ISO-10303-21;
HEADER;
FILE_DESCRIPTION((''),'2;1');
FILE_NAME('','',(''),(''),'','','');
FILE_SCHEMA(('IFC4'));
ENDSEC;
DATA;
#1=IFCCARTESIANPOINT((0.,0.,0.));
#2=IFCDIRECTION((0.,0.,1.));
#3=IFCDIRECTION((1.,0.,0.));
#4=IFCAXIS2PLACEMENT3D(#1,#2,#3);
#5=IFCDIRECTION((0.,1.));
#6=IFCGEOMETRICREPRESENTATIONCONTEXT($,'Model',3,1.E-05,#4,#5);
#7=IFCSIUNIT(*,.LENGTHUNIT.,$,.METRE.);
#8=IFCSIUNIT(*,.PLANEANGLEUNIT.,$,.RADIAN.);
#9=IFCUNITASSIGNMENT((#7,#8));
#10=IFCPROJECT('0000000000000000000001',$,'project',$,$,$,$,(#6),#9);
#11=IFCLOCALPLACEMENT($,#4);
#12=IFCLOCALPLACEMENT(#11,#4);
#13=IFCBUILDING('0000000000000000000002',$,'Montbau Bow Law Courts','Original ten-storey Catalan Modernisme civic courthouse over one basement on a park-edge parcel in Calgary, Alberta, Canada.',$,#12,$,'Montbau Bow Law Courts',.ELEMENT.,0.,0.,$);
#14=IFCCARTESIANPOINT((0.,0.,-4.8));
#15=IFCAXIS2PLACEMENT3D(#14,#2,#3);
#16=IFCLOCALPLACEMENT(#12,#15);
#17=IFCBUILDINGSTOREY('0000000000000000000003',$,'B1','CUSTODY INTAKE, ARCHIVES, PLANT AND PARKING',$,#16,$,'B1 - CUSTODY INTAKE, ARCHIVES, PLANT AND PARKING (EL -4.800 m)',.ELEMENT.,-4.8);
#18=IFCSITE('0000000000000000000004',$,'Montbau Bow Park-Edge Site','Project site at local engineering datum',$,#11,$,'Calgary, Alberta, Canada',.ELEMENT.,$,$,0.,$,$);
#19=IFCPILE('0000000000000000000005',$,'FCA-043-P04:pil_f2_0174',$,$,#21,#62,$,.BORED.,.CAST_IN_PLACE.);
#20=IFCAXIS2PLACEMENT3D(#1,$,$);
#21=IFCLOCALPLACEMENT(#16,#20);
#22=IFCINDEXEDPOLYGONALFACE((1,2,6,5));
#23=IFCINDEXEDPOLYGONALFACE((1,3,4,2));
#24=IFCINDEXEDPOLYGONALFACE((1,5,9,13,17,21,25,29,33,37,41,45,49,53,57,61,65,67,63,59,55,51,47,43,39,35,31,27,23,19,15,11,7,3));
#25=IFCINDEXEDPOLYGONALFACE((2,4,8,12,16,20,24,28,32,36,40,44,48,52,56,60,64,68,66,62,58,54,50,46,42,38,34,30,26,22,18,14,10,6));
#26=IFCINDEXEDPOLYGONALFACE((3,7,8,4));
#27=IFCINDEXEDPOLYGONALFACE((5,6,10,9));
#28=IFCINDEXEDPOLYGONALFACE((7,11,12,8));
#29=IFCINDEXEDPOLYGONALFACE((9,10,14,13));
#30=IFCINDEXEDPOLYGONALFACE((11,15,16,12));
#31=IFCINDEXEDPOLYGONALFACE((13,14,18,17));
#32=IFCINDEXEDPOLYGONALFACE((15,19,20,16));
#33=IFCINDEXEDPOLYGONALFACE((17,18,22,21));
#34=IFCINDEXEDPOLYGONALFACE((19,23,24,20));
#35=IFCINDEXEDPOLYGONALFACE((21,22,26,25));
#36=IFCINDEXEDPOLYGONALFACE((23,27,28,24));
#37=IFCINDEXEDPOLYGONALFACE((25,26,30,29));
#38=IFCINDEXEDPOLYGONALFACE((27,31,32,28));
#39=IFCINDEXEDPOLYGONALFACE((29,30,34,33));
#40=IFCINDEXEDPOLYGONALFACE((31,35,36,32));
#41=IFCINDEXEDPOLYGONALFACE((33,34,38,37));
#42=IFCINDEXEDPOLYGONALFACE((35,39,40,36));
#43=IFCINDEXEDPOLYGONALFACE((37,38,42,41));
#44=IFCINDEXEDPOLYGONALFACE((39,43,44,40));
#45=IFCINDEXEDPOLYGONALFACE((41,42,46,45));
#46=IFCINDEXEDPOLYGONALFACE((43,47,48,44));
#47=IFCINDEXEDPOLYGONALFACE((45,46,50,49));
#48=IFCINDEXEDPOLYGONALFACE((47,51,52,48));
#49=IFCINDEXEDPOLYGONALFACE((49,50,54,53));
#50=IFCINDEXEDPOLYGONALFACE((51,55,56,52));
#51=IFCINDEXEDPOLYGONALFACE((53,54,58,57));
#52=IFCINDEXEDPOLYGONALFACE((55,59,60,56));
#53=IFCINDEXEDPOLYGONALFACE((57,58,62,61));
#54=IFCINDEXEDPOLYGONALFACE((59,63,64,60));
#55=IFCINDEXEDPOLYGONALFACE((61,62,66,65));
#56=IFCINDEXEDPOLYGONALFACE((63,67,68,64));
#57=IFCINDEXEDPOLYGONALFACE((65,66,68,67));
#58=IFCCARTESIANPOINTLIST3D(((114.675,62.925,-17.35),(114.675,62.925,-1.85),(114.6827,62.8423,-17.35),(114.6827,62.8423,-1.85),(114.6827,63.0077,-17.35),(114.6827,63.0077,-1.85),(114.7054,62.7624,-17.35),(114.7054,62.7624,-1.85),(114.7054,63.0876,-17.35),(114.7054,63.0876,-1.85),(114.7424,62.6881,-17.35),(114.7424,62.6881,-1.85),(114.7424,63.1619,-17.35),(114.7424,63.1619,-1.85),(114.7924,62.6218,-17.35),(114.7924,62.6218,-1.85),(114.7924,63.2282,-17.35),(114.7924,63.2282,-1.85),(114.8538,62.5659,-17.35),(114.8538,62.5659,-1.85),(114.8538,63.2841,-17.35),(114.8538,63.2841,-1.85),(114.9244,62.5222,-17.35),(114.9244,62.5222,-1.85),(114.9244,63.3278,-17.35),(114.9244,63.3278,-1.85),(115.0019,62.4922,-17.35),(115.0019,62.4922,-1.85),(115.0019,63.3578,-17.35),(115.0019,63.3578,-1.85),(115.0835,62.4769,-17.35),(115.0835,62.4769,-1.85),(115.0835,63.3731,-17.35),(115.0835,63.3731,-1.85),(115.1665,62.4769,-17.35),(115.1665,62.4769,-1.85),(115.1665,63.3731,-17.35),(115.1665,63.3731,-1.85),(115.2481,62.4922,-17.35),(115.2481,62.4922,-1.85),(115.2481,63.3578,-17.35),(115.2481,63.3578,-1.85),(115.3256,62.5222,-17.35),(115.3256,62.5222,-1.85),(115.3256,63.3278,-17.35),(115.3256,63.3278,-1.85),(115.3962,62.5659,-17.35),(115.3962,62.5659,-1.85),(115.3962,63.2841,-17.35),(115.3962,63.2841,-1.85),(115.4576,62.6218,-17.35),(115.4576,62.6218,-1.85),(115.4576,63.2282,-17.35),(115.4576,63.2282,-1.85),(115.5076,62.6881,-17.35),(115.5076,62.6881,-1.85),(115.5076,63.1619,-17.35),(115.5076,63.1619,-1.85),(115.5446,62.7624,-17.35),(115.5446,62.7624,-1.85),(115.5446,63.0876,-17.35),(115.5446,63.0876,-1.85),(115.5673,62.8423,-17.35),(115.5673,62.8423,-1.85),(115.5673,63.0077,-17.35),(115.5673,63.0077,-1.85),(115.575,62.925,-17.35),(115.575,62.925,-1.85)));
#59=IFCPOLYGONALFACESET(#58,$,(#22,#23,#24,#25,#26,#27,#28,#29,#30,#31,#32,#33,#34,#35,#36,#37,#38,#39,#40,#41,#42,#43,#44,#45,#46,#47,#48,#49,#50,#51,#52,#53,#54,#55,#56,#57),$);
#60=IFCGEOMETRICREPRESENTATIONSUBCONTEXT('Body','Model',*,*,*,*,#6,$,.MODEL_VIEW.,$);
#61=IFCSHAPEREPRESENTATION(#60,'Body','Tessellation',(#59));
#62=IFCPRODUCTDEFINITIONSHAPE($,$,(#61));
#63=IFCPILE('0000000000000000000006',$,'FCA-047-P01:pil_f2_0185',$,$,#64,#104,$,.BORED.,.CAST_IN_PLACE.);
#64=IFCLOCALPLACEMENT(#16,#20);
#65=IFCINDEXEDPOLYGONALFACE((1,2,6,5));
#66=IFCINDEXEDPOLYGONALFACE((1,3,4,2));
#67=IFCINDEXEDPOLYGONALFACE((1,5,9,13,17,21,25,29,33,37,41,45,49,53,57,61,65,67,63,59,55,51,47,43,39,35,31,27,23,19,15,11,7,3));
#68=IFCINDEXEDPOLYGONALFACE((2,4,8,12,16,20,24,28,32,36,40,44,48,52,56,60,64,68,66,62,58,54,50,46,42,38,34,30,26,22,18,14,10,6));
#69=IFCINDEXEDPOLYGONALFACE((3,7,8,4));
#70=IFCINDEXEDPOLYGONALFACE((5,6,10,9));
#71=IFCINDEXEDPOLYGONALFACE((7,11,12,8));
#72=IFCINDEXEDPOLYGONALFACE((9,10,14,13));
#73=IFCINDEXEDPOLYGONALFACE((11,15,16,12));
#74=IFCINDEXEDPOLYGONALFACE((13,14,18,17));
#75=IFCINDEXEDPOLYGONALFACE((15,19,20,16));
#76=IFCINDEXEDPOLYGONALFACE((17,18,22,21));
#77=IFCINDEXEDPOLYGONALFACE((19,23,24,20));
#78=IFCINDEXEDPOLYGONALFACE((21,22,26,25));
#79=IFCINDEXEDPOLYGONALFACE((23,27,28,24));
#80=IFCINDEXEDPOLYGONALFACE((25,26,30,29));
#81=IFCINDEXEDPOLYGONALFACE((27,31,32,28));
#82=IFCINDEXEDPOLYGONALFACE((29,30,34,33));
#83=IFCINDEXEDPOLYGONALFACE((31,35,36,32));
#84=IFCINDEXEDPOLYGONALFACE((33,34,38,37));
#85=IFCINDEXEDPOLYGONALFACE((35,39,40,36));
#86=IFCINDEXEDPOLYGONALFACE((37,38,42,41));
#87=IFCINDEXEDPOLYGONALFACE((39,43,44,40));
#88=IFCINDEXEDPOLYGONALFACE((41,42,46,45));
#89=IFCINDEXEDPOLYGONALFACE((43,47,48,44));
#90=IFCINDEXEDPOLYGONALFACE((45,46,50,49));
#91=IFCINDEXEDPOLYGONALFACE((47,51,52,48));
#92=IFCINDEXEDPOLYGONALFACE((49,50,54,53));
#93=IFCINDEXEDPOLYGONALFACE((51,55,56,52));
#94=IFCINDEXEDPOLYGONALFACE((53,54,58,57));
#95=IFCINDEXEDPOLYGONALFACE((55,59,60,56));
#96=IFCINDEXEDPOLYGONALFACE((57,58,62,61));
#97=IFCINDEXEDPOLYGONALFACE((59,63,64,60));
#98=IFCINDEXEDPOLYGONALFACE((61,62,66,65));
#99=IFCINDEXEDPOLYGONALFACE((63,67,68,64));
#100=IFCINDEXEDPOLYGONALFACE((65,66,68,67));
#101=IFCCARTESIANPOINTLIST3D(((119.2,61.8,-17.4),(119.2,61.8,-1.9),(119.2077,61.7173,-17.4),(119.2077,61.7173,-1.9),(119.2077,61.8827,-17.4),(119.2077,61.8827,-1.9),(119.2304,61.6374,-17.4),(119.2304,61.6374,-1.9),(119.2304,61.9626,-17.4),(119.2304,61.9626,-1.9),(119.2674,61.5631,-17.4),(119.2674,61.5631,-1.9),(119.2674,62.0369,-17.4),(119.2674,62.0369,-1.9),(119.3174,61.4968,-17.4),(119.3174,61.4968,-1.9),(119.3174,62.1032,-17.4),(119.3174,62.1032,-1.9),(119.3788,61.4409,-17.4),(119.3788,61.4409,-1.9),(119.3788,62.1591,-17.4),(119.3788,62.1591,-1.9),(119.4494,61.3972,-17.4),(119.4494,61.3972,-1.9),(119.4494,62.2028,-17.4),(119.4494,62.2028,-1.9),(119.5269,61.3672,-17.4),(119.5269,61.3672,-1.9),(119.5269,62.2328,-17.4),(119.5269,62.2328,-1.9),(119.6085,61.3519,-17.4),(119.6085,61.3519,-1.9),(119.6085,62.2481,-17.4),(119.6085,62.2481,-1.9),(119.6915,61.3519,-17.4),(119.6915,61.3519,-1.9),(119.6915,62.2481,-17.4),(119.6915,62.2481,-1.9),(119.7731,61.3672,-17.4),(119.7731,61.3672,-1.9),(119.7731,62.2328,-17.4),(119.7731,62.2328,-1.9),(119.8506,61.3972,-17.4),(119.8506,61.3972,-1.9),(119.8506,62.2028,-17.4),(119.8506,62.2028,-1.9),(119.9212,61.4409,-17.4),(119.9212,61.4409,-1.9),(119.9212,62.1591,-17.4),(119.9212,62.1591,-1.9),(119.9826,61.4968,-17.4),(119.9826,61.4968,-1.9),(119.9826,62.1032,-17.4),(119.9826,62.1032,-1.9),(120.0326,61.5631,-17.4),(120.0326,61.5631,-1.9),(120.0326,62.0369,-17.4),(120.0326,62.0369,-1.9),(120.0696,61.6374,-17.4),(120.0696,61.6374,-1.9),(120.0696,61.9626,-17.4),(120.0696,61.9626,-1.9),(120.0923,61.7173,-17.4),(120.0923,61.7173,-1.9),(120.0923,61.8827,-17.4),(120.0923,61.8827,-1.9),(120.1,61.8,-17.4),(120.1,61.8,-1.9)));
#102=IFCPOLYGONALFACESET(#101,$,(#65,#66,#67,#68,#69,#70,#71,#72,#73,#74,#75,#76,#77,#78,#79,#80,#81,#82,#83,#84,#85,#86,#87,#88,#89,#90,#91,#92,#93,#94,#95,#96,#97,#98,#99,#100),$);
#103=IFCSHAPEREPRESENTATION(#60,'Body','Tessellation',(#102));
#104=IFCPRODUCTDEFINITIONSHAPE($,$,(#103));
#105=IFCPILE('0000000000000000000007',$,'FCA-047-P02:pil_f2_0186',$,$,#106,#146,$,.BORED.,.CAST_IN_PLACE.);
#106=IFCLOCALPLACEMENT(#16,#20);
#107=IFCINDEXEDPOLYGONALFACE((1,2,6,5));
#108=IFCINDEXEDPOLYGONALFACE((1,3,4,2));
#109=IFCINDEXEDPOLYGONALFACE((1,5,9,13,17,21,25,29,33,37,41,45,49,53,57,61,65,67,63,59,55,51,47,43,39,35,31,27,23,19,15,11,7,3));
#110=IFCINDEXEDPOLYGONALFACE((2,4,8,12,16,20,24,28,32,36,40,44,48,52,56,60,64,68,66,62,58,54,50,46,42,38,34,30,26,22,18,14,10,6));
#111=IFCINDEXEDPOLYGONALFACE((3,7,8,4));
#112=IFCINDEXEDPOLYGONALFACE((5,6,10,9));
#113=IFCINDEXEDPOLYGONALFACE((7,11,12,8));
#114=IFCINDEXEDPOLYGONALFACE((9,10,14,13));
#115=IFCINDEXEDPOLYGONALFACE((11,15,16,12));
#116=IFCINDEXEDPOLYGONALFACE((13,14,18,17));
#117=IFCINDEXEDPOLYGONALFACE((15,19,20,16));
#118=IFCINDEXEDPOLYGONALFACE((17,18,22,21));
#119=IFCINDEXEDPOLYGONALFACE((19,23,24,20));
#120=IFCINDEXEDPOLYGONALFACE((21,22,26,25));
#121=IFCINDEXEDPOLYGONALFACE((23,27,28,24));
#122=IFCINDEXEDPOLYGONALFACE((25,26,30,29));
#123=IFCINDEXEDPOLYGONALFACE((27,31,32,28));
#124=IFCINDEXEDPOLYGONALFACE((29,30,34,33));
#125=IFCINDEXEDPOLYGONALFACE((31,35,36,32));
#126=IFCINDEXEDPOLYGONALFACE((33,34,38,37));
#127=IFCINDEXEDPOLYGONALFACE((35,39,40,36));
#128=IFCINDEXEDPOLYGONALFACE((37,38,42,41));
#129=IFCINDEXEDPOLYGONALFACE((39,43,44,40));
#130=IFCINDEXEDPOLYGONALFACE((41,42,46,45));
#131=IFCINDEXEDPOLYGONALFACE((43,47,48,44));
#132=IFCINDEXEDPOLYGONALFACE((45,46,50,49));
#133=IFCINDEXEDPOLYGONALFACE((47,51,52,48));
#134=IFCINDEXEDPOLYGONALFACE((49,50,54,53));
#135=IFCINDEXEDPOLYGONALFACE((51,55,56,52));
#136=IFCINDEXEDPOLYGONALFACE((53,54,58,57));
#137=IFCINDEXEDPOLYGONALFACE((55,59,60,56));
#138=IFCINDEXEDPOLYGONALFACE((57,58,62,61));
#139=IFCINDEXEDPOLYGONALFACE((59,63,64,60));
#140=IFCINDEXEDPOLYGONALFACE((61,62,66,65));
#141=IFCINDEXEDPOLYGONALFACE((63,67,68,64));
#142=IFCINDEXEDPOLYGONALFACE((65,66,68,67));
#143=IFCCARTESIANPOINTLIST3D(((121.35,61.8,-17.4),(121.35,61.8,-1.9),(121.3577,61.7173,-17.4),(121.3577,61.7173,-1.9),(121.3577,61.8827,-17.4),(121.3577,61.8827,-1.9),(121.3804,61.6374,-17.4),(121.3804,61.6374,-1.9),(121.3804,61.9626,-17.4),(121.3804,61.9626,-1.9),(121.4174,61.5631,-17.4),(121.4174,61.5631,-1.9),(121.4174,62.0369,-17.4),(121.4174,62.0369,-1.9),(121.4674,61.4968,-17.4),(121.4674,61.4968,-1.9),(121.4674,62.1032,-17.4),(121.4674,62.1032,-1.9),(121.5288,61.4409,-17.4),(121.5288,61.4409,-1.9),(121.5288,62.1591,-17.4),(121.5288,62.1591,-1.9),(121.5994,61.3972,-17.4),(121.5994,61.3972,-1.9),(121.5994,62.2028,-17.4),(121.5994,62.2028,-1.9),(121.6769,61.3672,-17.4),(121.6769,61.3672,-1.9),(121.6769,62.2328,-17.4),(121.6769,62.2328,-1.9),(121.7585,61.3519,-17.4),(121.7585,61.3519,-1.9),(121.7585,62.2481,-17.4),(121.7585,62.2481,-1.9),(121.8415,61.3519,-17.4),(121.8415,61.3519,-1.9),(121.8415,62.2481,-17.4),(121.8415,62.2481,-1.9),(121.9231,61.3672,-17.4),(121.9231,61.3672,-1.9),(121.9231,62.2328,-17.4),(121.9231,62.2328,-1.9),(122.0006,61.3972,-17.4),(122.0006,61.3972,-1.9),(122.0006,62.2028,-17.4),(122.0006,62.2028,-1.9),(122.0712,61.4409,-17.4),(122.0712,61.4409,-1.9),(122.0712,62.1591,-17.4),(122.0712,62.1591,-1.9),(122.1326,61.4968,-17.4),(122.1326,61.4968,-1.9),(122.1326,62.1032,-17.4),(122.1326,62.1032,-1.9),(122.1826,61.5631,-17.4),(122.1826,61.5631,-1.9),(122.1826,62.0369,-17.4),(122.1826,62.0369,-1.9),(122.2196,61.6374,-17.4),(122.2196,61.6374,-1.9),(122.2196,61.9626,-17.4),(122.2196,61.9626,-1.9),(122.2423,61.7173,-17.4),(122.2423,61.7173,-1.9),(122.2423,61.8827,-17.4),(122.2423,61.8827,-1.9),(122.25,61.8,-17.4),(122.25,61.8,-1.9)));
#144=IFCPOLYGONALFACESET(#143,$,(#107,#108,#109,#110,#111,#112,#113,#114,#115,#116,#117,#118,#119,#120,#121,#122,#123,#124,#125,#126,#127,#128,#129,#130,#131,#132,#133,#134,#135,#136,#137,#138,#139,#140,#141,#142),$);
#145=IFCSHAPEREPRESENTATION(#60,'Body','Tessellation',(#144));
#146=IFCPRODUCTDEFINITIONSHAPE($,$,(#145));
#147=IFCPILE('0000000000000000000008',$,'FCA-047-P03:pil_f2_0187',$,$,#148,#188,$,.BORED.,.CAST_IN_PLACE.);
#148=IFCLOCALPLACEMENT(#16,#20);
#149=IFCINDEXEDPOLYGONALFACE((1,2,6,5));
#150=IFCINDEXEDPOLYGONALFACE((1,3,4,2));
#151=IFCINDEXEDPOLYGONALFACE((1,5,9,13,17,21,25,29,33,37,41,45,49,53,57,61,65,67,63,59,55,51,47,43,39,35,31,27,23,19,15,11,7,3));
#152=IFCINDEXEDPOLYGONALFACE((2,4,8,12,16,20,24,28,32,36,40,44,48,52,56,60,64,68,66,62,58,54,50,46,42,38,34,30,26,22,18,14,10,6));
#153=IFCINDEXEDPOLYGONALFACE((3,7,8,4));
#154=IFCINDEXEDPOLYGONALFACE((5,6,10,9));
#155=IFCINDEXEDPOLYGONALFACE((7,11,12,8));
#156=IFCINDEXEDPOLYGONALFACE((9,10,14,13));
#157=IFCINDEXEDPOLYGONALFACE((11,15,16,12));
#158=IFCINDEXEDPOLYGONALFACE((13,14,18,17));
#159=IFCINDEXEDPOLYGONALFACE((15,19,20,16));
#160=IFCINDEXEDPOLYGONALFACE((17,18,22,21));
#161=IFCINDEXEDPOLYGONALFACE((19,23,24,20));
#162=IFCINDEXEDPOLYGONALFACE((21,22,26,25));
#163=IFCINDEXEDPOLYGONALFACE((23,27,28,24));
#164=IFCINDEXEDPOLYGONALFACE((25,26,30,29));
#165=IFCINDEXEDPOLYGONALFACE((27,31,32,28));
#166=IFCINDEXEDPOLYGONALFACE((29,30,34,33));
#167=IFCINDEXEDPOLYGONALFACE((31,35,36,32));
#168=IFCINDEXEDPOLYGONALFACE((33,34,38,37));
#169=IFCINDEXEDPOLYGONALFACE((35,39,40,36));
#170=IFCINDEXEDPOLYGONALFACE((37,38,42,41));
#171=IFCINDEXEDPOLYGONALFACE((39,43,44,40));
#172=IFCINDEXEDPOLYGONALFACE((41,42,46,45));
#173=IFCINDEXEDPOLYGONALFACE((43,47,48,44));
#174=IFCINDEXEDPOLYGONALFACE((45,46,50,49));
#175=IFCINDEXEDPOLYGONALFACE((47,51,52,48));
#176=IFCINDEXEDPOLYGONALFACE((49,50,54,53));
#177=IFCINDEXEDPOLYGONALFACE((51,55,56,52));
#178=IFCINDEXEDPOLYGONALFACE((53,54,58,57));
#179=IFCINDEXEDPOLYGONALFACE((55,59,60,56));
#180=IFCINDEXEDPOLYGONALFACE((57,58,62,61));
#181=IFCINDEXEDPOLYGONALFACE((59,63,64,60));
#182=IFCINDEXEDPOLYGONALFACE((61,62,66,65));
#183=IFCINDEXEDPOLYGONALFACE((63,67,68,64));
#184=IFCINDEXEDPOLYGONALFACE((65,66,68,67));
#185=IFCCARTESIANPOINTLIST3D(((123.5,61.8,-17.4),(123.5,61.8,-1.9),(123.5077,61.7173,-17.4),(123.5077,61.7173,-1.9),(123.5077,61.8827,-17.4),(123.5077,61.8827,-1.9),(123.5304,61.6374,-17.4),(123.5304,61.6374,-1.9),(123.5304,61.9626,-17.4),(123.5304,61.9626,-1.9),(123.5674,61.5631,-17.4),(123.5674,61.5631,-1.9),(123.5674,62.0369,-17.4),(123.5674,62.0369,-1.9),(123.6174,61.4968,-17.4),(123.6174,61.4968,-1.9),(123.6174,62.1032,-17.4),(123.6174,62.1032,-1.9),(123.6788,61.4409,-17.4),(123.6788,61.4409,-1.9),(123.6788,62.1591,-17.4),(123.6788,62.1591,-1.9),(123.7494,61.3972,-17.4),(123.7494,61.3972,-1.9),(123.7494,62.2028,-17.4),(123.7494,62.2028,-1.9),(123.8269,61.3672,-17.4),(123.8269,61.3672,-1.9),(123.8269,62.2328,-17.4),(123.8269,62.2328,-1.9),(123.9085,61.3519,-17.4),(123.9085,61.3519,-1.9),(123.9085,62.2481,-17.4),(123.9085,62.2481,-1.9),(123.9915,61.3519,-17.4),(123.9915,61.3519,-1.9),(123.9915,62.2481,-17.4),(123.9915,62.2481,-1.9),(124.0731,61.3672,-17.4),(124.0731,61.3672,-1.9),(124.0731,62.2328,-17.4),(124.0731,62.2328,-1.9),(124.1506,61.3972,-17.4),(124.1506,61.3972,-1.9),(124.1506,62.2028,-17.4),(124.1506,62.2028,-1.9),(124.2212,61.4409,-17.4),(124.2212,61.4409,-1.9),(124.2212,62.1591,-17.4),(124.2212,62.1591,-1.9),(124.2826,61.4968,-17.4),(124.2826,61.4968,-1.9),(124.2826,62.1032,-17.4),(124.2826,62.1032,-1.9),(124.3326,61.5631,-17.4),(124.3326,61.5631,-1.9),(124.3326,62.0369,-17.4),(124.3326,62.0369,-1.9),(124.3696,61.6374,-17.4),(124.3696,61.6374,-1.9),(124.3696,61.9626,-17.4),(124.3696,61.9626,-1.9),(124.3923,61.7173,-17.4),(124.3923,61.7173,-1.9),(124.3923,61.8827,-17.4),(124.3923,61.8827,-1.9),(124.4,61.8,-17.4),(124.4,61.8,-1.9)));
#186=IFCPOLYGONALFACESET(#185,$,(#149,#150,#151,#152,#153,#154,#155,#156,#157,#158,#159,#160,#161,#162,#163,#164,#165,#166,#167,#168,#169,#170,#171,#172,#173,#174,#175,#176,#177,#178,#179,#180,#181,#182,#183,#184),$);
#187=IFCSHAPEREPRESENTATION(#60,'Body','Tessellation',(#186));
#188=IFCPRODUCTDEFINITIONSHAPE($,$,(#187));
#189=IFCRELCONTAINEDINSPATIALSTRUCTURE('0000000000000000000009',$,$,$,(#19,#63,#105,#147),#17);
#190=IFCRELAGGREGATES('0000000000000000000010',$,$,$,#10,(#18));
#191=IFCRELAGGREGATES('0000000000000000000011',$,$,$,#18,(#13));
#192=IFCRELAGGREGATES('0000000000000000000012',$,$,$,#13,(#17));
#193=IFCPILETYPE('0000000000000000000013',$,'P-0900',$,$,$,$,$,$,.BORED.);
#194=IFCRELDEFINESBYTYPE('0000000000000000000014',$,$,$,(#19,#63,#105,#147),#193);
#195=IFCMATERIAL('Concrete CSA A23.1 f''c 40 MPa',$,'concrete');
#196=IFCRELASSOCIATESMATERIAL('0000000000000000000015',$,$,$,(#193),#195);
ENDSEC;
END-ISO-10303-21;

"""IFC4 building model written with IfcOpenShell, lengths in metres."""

from ifc_helpers import new_model, si_unit, direction, frame, origin_with_axes, origin_2d_with_axis, place, context, subcontext, project, spatial, circle, extrude, material, material_profile, profile_set, type_object, element, save


model = new_model("IFC4")

# Units and contexts
model_context = context("Model", 3, precision=1e-05, world=origin_with_axes(), true_north=direction((0.0, 1.0)))
body_context = subcontext(model_context, "Body", "Model", "MODEL_VIEW")
ifc_project = project(units=[si_unit("LENGTHUNIT", "METRE"), si_unit("PLANEANGLEUNIT", "RADIAN")], contexts=[model_context])

# Site, building, storey
site_placement = place(None, origin_with_axes())
site = spatial("IfcSite", under=ifc_project, at=site_placement, Name="Montbau Bow Park-Edge Site", Description="Project site at local engineering datum", LongName="Calgary, Alberta, Canada", CompositionType="ELEMENT", RefElevation=0.0)
building_placement = place(site_placement, origin_with_axes())
building = spatial("IfcBuilding", under=site, at=building_placement, Name="Montbau Bow Law Courts", Description="Original ten-storey Catalan Modernisme civic courthouse over one basement on a park-edge parcel in Calgary, Alberta, Canada.", LongName="Montbau Bow Law Courts", CompositionType="ELEMENT", ElevationOfRefHeight=0.0, ElevationOfTerrain=0.0)
storey_placement = place(building_placement, frame((0.0, 0.0, -4.8), z_axis=(0.0, 0.0, 1.0), x_axis=(1.0, 0.0, 0.0)))
storey = spatial("IfcBuildingStorey", under=building, at=storey_placement, Name="B1", Description="CUSTODY INTAKE, ARCHIVES, PLANT AND PARKING", LongName="B1 - CUSTODY INTAKE, ARCHIVES, PLANT AND PARKING (EL -4.800 m)", CompositionType="ELEMENT", Elevation=-4.8)

# Piles
ifc_material_1 = material(Name="Concrete CSA A23.1 f'c 40 MPa", Category="concrete")
ifc_material_profile_1 = material_profile(ifc_material_1, circle(Radius=0.45, at=origin_2d_with_axis()), Name="BP900", Category="Main", Priority=0)
ifc_profile_set_1 = profile_set([ifc_material_profile_1], Name="Concrete CSA A23.1 f'c 40 MPa")
pile_type_1 = type_object("IfcPileType", Name="P-0900", PredefinedType="BORED", material=ifc_profile_set_1)
for number, where, z_axis, x_axis, name in (
    (1, (115.125, 62.925, -22.15), (0.0, 0.0, 1.0), (1.0, 0.0, 0.0), "FCA-043-P04:pil_f2_0174"),
    (2, (119.65, 61.8, -22.2), (0.0, 0.0, 1.0), (1.0, 0.0, 0.0), "FCA-047-P01:pil_f2_0185"),
    (3, (121.8, 61.8, -22.2), (0.0, 0.0, 1.0), (1.0, 0.0, 0.0), "FCA-047-P02:pil_f2_0186"),
    (4, (123.95, 61.8, -22.2), (0.0, 0.0, 1.0), (1.0, 0.0, 0.0), "FCA-047-P03:pil_f2_0187"),
):
    element("IfcPile", number, at=place(None, frame(where, z_axis=z_axis, x_axis=x_axis)), inside=storey, type_object=pile_type_1, Name=name, ConstructionType="CAST_IN_PLACE", PredefinedType="BORED", context=body_context, shape_type="SweptSolid", body=[
        extrude(circle(Radius=0.45, at=origin_2d_with_axis()), origin_with_axes(), (0.0, 0.0, 1.0), 15.5),
    ])

save(model, "model.ifc")
